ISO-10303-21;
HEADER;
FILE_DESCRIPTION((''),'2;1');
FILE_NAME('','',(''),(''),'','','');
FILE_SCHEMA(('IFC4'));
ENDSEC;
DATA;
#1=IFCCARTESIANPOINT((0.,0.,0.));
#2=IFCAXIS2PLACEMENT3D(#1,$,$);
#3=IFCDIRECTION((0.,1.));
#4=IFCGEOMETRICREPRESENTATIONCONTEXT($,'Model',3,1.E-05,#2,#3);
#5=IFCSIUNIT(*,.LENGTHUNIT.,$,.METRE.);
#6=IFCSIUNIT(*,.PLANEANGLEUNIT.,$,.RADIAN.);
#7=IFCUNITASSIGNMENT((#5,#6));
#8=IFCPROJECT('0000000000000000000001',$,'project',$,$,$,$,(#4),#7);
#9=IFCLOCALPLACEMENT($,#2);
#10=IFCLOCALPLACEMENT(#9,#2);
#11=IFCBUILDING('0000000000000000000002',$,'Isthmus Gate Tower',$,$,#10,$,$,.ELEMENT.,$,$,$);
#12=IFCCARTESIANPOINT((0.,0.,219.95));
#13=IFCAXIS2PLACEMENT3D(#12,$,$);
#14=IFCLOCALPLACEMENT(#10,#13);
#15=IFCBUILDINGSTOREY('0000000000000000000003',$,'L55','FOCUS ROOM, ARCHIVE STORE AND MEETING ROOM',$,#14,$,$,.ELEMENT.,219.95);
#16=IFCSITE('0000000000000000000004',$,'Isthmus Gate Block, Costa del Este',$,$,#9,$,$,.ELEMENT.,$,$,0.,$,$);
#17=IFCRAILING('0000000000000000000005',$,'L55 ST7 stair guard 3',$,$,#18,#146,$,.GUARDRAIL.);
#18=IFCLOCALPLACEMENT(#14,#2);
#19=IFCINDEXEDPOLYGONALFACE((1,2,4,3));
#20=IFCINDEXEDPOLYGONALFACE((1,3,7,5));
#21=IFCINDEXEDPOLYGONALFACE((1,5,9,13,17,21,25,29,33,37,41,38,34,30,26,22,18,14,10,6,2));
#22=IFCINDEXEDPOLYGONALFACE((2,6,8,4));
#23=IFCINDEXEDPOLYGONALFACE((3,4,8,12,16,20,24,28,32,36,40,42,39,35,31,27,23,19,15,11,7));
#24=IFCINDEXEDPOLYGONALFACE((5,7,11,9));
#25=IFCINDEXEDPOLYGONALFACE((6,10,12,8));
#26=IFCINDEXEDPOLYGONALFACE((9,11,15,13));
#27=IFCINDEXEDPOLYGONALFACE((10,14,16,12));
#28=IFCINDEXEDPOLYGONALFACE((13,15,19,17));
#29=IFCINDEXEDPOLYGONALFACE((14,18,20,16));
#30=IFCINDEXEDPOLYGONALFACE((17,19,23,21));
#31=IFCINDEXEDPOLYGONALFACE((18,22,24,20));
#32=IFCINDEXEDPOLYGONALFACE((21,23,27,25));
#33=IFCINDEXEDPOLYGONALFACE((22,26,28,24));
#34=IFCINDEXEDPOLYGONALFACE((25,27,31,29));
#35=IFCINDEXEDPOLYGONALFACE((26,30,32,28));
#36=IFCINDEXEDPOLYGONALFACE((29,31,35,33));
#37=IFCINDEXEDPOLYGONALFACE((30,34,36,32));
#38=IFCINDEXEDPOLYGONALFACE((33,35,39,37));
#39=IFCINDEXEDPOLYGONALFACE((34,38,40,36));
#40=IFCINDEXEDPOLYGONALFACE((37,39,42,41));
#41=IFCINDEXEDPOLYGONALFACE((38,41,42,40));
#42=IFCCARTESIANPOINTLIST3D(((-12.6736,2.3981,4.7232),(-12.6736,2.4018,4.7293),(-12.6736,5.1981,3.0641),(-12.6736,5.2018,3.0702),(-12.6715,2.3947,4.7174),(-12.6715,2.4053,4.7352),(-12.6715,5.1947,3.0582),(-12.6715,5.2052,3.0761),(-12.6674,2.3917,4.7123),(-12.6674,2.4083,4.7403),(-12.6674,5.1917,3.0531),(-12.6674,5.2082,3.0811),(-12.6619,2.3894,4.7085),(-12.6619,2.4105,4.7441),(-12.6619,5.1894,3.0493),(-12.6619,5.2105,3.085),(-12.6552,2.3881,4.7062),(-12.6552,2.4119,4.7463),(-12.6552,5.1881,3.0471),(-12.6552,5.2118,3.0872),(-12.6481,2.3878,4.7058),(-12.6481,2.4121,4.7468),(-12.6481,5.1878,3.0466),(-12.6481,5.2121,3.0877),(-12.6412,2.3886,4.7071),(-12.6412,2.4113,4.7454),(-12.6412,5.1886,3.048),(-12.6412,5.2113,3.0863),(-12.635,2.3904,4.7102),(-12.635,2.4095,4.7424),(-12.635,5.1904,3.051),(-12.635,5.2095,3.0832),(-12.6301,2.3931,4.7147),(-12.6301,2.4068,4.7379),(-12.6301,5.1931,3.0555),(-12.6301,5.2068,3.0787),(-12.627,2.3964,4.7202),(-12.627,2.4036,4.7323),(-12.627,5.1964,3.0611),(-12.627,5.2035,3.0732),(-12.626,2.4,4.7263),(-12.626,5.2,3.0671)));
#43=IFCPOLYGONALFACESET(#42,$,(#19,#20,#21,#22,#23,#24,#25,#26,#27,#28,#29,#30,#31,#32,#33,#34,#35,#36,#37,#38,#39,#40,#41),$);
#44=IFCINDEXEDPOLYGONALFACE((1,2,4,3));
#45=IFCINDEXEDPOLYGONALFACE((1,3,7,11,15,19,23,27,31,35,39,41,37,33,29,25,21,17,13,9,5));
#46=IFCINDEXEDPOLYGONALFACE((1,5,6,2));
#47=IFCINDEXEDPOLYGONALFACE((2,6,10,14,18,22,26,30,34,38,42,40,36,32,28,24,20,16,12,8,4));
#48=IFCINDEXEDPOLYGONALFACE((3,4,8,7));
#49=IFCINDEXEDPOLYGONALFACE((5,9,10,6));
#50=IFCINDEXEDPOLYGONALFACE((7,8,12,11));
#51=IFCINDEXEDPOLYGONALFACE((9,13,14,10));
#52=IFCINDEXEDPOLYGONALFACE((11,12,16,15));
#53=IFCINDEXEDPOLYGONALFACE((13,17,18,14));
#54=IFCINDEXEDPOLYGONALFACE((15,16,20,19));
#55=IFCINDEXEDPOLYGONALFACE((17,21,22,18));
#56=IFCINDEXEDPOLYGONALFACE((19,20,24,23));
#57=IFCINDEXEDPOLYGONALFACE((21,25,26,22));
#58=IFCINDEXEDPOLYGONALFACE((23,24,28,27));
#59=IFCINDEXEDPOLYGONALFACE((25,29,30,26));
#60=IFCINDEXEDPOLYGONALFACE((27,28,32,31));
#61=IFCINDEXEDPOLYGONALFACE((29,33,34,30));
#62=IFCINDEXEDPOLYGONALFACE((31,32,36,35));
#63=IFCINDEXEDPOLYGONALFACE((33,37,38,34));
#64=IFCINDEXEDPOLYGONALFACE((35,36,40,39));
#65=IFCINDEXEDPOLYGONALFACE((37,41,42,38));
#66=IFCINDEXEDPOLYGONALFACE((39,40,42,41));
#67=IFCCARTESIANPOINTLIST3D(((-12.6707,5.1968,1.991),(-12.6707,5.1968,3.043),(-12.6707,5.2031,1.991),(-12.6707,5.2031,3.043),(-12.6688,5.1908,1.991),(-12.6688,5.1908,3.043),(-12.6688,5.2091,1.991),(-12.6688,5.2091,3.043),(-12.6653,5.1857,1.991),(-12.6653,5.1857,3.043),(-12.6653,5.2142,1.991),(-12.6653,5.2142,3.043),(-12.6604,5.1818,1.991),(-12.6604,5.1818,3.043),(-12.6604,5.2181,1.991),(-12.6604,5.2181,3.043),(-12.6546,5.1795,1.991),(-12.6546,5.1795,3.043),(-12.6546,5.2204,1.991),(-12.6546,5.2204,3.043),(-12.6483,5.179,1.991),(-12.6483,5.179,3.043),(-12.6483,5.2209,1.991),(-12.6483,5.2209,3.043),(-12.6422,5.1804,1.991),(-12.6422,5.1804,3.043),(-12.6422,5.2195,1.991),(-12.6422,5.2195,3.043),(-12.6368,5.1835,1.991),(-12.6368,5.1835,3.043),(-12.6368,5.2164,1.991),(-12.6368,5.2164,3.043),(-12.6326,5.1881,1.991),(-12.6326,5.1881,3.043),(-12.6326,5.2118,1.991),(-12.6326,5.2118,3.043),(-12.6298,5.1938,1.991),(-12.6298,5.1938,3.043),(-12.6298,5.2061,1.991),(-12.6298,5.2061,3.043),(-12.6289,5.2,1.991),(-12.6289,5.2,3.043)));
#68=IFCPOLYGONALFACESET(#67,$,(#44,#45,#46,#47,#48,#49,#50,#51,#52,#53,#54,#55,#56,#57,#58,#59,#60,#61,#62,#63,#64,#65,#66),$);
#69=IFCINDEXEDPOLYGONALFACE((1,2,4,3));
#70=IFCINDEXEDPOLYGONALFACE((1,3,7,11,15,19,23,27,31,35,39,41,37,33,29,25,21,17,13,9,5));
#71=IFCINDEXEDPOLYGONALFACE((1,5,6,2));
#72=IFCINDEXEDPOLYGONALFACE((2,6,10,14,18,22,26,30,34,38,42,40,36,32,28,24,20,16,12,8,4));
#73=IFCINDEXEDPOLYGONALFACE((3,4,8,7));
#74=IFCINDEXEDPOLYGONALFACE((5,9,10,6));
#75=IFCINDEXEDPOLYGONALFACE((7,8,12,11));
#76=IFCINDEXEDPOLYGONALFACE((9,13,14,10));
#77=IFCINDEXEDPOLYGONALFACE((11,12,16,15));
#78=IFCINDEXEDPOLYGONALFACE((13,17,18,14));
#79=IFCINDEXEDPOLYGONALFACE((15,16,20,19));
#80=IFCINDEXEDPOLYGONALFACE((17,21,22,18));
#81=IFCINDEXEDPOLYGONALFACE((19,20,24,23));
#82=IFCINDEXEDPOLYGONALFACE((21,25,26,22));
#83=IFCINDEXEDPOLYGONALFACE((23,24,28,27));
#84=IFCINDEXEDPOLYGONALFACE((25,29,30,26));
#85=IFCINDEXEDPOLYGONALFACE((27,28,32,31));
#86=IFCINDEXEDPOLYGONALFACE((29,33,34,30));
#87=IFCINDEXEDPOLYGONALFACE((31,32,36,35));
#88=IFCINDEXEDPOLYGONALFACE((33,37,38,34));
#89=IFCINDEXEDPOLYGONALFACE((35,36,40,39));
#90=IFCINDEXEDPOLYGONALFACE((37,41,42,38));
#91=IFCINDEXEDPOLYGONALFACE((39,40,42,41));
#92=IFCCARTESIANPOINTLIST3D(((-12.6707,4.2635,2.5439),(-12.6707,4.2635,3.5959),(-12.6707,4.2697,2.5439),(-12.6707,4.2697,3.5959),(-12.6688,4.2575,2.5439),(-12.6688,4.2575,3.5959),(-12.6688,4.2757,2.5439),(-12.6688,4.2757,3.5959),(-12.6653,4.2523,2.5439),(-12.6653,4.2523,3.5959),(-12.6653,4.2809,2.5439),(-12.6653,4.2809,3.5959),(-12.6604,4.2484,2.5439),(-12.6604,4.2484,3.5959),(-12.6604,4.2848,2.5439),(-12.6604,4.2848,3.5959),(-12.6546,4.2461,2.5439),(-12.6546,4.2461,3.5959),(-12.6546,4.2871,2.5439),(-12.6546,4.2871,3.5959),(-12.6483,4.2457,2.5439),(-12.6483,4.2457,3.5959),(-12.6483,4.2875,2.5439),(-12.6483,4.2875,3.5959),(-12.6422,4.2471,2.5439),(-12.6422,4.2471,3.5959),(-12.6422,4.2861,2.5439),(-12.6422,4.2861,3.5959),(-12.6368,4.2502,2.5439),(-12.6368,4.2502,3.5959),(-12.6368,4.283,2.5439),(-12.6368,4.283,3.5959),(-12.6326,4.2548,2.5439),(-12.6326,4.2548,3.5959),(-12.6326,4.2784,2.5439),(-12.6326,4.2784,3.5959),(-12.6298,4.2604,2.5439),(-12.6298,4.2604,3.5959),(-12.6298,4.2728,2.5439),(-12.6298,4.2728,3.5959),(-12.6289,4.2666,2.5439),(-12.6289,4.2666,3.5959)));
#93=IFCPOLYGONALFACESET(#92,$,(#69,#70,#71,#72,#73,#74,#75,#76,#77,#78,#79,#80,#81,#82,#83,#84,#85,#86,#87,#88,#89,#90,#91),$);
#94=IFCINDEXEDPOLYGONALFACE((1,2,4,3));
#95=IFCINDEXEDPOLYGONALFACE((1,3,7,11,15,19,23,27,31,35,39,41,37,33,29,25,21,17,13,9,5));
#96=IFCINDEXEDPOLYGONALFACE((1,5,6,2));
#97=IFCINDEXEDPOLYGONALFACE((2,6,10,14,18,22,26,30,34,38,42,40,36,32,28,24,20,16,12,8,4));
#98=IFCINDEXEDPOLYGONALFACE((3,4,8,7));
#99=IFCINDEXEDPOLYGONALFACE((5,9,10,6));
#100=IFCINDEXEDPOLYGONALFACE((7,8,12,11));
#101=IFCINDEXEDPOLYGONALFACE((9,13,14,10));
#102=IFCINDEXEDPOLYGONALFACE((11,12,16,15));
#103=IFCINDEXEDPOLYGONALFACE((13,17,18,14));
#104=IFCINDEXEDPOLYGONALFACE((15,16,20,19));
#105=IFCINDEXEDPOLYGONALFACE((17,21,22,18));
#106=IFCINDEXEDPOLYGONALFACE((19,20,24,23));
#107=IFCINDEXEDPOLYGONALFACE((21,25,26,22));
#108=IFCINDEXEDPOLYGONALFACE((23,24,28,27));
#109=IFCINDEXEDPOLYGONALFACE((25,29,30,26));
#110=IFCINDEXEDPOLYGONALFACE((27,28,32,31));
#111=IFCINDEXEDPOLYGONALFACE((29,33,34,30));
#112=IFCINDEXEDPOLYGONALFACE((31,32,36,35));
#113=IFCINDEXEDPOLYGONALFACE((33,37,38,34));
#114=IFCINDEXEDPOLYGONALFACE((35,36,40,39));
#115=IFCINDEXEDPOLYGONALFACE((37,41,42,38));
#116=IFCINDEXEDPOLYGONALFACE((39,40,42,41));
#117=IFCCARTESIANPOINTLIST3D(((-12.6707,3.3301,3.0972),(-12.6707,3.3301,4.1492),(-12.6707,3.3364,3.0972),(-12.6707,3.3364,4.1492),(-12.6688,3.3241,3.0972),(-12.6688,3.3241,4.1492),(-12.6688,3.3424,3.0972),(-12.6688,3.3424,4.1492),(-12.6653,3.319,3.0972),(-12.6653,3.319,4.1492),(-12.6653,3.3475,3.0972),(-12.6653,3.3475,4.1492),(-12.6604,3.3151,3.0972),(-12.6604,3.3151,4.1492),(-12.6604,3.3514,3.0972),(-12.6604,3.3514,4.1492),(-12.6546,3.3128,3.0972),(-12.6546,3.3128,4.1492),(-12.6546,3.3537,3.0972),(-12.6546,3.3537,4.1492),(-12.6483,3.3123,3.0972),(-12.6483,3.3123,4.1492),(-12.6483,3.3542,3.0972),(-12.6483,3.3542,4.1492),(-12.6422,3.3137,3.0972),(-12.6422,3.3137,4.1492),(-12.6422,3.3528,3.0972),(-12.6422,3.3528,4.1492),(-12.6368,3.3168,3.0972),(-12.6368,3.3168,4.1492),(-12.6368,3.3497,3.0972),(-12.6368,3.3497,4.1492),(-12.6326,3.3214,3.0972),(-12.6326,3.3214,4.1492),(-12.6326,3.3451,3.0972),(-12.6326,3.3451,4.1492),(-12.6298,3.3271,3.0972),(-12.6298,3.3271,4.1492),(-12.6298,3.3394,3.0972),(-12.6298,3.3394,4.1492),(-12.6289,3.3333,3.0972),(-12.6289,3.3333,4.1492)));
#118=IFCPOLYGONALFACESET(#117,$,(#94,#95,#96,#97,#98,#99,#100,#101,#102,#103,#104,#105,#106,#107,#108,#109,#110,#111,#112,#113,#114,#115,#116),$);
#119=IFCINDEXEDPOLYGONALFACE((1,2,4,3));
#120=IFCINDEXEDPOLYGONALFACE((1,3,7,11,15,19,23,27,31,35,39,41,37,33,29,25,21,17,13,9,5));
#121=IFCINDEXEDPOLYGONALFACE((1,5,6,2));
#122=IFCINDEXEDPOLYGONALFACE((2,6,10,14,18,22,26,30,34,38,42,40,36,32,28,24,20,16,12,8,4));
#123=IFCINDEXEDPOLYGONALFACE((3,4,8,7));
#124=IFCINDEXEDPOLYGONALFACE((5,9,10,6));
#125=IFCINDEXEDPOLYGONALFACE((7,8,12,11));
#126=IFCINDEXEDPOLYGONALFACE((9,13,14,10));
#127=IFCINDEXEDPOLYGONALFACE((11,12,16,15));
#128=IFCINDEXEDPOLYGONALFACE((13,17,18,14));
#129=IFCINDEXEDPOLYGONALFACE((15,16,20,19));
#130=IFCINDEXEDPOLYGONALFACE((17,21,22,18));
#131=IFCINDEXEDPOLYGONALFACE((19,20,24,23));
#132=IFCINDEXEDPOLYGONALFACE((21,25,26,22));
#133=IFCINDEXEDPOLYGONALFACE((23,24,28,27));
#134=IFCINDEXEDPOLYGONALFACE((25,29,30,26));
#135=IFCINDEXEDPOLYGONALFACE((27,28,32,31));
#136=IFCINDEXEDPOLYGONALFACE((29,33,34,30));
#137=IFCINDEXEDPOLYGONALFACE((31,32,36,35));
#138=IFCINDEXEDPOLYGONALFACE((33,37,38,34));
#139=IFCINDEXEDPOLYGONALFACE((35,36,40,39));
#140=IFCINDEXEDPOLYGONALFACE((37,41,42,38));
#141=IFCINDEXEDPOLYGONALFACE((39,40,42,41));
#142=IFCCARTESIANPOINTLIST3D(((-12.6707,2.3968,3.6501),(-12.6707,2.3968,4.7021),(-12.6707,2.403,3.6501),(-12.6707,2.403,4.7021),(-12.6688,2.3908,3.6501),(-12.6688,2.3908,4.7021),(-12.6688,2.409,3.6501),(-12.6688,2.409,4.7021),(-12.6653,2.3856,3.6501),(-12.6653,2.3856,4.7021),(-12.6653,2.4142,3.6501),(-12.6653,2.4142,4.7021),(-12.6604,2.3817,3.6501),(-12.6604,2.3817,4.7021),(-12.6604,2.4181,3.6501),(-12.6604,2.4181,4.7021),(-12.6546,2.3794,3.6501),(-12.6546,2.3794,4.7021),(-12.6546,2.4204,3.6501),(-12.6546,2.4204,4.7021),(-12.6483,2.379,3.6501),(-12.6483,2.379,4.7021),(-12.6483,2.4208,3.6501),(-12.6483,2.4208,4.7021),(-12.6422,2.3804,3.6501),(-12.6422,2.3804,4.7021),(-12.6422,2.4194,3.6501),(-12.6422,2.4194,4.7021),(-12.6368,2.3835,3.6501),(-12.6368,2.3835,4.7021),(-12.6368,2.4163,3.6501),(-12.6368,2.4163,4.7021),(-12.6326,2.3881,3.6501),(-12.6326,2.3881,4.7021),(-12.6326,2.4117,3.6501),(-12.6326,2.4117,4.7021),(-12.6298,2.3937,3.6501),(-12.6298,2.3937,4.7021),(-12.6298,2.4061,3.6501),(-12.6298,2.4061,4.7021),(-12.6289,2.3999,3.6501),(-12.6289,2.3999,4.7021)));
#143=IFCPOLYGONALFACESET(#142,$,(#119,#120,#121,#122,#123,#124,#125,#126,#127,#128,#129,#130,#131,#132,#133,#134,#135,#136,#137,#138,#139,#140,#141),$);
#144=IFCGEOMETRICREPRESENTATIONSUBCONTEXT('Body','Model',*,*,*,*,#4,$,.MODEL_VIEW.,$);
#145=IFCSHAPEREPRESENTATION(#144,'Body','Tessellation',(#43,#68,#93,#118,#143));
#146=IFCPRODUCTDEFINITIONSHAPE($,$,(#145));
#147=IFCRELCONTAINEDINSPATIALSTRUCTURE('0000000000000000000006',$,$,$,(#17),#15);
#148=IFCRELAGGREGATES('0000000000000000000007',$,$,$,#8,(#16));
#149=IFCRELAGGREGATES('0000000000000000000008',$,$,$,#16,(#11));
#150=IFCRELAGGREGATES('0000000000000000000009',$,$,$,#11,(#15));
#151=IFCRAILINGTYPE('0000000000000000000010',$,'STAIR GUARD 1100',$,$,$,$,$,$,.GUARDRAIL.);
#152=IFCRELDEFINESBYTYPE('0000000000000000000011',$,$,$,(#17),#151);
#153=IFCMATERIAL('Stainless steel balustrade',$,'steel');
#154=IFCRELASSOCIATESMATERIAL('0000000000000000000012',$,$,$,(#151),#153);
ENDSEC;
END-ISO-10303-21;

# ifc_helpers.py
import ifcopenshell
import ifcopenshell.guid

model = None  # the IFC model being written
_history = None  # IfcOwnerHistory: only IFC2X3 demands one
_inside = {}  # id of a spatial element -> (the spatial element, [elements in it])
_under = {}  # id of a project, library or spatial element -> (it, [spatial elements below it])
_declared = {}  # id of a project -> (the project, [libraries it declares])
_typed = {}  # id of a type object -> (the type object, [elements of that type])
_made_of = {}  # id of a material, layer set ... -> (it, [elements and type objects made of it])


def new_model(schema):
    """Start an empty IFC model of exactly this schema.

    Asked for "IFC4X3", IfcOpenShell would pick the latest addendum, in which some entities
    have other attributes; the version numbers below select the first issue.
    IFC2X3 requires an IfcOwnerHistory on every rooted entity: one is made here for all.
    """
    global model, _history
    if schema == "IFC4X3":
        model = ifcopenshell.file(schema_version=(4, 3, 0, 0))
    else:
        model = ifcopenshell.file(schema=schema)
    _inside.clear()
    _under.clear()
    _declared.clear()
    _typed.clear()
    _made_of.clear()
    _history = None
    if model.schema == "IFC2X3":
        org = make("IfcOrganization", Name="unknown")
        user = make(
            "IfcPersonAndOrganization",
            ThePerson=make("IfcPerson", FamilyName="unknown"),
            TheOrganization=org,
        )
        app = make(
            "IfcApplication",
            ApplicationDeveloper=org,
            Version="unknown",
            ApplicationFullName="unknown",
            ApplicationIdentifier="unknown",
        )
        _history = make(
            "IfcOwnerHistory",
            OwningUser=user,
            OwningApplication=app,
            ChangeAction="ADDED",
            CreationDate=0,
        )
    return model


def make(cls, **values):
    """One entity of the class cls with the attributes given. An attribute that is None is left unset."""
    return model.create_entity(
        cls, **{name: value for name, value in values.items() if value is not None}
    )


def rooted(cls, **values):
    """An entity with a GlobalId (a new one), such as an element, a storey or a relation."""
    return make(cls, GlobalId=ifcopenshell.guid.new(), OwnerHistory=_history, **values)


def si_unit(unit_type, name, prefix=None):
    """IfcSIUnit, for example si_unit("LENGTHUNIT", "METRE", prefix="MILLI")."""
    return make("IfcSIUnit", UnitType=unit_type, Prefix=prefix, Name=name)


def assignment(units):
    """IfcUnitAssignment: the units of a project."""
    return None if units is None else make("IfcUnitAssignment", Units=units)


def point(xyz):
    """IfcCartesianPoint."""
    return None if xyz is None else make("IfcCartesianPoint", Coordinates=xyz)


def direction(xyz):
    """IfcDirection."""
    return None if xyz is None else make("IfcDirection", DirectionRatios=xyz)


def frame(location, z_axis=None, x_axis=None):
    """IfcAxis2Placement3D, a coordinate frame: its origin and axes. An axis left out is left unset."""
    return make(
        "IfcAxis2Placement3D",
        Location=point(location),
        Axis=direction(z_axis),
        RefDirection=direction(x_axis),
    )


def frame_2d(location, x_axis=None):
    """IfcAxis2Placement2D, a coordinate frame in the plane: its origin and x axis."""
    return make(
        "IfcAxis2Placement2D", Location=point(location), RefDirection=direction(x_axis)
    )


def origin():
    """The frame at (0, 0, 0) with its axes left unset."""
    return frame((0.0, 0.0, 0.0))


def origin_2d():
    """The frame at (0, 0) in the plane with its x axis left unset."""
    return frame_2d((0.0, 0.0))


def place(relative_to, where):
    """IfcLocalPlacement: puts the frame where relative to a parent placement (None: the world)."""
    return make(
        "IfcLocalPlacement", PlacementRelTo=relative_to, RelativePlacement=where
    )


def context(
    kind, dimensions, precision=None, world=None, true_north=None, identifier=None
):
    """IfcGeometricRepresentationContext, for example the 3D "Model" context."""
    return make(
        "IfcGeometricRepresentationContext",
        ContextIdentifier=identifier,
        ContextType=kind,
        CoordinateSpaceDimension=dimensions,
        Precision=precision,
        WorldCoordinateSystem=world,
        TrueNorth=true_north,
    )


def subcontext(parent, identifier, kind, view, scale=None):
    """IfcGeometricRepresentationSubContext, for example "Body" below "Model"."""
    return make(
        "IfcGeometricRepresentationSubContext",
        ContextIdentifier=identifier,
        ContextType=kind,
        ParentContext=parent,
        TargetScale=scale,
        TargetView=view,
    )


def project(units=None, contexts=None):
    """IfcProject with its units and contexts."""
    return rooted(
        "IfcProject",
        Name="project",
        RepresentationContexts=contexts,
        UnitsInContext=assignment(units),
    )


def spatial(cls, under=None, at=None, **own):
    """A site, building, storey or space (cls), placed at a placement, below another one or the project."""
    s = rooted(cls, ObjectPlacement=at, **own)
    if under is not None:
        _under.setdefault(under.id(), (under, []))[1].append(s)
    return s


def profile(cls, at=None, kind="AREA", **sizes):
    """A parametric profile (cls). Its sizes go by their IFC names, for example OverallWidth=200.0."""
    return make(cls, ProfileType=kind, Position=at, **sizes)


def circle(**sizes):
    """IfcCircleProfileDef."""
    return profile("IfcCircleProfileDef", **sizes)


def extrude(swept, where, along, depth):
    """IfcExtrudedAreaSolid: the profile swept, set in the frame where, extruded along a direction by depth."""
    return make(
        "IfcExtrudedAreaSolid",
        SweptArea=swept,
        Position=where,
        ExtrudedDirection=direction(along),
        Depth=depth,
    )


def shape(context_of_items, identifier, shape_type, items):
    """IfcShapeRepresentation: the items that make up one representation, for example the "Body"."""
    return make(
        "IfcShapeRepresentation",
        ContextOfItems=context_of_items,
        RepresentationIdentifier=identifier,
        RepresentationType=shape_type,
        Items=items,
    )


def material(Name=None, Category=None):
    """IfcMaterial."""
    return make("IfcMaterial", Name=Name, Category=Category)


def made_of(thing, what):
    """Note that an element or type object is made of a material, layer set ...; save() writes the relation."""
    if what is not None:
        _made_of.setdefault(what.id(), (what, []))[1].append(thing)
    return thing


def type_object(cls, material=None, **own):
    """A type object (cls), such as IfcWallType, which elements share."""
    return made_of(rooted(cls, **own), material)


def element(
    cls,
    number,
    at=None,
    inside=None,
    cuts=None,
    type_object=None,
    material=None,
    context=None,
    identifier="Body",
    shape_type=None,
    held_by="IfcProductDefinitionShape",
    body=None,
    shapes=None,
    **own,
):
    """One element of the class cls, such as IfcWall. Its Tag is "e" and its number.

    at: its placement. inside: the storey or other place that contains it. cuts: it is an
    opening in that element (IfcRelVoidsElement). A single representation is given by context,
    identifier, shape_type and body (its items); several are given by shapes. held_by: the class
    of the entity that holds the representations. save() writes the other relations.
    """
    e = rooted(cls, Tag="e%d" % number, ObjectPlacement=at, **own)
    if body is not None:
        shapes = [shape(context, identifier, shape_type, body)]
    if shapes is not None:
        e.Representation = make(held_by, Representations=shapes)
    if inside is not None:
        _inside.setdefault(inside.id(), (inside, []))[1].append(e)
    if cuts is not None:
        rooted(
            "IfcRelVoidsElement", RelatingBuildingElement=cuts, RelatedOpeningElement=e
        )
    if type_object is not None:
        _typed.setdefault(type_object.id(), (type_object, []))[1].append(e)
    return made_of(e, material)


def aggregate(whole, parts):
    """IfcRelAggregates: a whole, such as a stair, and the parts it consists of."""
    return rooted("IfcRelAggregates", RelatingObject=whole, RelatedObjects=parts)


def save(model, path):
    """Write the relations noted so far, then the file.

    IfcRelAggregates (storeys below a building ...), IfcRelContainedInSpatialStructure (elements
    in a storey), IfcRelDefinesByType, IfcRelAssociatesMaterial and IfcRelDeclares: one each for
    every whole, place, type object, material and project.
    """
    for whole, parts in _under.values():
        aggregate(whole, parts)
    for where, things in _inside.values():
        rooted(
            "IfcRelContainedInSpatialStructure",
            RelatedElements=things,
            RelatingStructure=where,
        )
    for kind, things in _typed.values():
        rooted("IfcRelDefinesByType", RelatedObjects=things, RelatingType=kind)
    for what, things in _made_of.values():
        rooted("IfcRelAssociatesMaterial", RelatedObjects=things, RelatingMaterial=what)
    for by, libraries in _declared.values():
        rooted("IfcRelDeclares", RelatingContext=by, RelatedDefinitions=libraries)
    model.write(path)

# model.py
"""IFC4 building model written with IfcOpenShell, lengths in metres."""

from ifc_helpers import new_model, si_unit, direction, frame, origin, origin_2d, place, context, subcontext, project, spatial, circle, extrude, material, type_object, element, save


model = new_model("IFC4")

# Units and contexts
model_context = context("Model", 3, precision=1e-05, world=origin(), true_north=direction((0.0, 1.0)))
body_context = subcontext(model_context, "Body", "Model", "MODEL_VIEW")
ifc_project = project(units=[si_unit("LENGTHUNIT", "METRE"), si_unit("PLANEANGLEUNIT", "RADIAN")], contexts=[model_context])

# Site, building, storey
site_placement = place(None, origin())
site = spatial("IfcSite", under=ifc_project, at=site_placement, Name="Isthmus Gate Block, Costa del Este", CompositionType="ELEMENT", RefElevation=0.0)
building_placement = place(site_placement, origin())
building = spatial("IfcBuilding", under=site, at=building_placement, Name="Isthmus Gate Tower", CompositionType="ELEMENT")
storey_placement = place(building_placement, frame((0.0, 0.0, 219.95)))
storey = spatial("IfcBuildingStorey", under=building, at=storey_placement, Name="L55", Description="FOCUS ROOM, ARCHIVE STORE AND MEETING ROOM", CompositionType="ELEMENT", Elevation=219.95)

# Railing
ifc_material_1 = material(Name="Stainless steel balustrade", Category="steel")
railing_type_1 = type_object("IfcRailingType", Name="STAIR GUARD 1100", PredefinedType="GUARDRAIL", material=ifc_material_1)
railing_1_placement = place(storey_placement, frame((-12.6499, 5.2, 1.991)))
element("IfcRailing", 1, at=railing_1_placement, inside=storey, type_object=railing_type_1, Name="L55 ST7 stair guard 3", PredefinedType="GUARDRAIL", context=body_context, shape_type="SweptSolid", body=[
    extrude(circle(Radius=0.0239, at=origin_2d()), frame((0.0, 0.0, 1.0762), z_axis=(0.0, -0.860306, 0.509778), x_axis=(1.0, 0.0, 0.0)), (0.0, 0.0, 1.0), 3.2546),
    extrude(circle(Radius=0.021, at=origin_2d()), origin(), (0.0, 0.0, 1.0), 1.052),
    extrude(circle(Radius=0.021, at=origin_2d()), frame((0.0, -0.9333, 0.553)), (0.0, 0.0, 1.0), 1.052),
    extrude(circle(Radius=0.021, at=origin_2d()), frame((0.0, -1.8667, 1.1062)), (0.0, 0.0, 1.0), 1.052),
    extrude(circle(Radius=0.021, at=origin_2d()), frame((0.0, -2.8, 1.6592)), (0.0, 0.0, 1.0), 1.052),
])

save(model, "model.ifc")
